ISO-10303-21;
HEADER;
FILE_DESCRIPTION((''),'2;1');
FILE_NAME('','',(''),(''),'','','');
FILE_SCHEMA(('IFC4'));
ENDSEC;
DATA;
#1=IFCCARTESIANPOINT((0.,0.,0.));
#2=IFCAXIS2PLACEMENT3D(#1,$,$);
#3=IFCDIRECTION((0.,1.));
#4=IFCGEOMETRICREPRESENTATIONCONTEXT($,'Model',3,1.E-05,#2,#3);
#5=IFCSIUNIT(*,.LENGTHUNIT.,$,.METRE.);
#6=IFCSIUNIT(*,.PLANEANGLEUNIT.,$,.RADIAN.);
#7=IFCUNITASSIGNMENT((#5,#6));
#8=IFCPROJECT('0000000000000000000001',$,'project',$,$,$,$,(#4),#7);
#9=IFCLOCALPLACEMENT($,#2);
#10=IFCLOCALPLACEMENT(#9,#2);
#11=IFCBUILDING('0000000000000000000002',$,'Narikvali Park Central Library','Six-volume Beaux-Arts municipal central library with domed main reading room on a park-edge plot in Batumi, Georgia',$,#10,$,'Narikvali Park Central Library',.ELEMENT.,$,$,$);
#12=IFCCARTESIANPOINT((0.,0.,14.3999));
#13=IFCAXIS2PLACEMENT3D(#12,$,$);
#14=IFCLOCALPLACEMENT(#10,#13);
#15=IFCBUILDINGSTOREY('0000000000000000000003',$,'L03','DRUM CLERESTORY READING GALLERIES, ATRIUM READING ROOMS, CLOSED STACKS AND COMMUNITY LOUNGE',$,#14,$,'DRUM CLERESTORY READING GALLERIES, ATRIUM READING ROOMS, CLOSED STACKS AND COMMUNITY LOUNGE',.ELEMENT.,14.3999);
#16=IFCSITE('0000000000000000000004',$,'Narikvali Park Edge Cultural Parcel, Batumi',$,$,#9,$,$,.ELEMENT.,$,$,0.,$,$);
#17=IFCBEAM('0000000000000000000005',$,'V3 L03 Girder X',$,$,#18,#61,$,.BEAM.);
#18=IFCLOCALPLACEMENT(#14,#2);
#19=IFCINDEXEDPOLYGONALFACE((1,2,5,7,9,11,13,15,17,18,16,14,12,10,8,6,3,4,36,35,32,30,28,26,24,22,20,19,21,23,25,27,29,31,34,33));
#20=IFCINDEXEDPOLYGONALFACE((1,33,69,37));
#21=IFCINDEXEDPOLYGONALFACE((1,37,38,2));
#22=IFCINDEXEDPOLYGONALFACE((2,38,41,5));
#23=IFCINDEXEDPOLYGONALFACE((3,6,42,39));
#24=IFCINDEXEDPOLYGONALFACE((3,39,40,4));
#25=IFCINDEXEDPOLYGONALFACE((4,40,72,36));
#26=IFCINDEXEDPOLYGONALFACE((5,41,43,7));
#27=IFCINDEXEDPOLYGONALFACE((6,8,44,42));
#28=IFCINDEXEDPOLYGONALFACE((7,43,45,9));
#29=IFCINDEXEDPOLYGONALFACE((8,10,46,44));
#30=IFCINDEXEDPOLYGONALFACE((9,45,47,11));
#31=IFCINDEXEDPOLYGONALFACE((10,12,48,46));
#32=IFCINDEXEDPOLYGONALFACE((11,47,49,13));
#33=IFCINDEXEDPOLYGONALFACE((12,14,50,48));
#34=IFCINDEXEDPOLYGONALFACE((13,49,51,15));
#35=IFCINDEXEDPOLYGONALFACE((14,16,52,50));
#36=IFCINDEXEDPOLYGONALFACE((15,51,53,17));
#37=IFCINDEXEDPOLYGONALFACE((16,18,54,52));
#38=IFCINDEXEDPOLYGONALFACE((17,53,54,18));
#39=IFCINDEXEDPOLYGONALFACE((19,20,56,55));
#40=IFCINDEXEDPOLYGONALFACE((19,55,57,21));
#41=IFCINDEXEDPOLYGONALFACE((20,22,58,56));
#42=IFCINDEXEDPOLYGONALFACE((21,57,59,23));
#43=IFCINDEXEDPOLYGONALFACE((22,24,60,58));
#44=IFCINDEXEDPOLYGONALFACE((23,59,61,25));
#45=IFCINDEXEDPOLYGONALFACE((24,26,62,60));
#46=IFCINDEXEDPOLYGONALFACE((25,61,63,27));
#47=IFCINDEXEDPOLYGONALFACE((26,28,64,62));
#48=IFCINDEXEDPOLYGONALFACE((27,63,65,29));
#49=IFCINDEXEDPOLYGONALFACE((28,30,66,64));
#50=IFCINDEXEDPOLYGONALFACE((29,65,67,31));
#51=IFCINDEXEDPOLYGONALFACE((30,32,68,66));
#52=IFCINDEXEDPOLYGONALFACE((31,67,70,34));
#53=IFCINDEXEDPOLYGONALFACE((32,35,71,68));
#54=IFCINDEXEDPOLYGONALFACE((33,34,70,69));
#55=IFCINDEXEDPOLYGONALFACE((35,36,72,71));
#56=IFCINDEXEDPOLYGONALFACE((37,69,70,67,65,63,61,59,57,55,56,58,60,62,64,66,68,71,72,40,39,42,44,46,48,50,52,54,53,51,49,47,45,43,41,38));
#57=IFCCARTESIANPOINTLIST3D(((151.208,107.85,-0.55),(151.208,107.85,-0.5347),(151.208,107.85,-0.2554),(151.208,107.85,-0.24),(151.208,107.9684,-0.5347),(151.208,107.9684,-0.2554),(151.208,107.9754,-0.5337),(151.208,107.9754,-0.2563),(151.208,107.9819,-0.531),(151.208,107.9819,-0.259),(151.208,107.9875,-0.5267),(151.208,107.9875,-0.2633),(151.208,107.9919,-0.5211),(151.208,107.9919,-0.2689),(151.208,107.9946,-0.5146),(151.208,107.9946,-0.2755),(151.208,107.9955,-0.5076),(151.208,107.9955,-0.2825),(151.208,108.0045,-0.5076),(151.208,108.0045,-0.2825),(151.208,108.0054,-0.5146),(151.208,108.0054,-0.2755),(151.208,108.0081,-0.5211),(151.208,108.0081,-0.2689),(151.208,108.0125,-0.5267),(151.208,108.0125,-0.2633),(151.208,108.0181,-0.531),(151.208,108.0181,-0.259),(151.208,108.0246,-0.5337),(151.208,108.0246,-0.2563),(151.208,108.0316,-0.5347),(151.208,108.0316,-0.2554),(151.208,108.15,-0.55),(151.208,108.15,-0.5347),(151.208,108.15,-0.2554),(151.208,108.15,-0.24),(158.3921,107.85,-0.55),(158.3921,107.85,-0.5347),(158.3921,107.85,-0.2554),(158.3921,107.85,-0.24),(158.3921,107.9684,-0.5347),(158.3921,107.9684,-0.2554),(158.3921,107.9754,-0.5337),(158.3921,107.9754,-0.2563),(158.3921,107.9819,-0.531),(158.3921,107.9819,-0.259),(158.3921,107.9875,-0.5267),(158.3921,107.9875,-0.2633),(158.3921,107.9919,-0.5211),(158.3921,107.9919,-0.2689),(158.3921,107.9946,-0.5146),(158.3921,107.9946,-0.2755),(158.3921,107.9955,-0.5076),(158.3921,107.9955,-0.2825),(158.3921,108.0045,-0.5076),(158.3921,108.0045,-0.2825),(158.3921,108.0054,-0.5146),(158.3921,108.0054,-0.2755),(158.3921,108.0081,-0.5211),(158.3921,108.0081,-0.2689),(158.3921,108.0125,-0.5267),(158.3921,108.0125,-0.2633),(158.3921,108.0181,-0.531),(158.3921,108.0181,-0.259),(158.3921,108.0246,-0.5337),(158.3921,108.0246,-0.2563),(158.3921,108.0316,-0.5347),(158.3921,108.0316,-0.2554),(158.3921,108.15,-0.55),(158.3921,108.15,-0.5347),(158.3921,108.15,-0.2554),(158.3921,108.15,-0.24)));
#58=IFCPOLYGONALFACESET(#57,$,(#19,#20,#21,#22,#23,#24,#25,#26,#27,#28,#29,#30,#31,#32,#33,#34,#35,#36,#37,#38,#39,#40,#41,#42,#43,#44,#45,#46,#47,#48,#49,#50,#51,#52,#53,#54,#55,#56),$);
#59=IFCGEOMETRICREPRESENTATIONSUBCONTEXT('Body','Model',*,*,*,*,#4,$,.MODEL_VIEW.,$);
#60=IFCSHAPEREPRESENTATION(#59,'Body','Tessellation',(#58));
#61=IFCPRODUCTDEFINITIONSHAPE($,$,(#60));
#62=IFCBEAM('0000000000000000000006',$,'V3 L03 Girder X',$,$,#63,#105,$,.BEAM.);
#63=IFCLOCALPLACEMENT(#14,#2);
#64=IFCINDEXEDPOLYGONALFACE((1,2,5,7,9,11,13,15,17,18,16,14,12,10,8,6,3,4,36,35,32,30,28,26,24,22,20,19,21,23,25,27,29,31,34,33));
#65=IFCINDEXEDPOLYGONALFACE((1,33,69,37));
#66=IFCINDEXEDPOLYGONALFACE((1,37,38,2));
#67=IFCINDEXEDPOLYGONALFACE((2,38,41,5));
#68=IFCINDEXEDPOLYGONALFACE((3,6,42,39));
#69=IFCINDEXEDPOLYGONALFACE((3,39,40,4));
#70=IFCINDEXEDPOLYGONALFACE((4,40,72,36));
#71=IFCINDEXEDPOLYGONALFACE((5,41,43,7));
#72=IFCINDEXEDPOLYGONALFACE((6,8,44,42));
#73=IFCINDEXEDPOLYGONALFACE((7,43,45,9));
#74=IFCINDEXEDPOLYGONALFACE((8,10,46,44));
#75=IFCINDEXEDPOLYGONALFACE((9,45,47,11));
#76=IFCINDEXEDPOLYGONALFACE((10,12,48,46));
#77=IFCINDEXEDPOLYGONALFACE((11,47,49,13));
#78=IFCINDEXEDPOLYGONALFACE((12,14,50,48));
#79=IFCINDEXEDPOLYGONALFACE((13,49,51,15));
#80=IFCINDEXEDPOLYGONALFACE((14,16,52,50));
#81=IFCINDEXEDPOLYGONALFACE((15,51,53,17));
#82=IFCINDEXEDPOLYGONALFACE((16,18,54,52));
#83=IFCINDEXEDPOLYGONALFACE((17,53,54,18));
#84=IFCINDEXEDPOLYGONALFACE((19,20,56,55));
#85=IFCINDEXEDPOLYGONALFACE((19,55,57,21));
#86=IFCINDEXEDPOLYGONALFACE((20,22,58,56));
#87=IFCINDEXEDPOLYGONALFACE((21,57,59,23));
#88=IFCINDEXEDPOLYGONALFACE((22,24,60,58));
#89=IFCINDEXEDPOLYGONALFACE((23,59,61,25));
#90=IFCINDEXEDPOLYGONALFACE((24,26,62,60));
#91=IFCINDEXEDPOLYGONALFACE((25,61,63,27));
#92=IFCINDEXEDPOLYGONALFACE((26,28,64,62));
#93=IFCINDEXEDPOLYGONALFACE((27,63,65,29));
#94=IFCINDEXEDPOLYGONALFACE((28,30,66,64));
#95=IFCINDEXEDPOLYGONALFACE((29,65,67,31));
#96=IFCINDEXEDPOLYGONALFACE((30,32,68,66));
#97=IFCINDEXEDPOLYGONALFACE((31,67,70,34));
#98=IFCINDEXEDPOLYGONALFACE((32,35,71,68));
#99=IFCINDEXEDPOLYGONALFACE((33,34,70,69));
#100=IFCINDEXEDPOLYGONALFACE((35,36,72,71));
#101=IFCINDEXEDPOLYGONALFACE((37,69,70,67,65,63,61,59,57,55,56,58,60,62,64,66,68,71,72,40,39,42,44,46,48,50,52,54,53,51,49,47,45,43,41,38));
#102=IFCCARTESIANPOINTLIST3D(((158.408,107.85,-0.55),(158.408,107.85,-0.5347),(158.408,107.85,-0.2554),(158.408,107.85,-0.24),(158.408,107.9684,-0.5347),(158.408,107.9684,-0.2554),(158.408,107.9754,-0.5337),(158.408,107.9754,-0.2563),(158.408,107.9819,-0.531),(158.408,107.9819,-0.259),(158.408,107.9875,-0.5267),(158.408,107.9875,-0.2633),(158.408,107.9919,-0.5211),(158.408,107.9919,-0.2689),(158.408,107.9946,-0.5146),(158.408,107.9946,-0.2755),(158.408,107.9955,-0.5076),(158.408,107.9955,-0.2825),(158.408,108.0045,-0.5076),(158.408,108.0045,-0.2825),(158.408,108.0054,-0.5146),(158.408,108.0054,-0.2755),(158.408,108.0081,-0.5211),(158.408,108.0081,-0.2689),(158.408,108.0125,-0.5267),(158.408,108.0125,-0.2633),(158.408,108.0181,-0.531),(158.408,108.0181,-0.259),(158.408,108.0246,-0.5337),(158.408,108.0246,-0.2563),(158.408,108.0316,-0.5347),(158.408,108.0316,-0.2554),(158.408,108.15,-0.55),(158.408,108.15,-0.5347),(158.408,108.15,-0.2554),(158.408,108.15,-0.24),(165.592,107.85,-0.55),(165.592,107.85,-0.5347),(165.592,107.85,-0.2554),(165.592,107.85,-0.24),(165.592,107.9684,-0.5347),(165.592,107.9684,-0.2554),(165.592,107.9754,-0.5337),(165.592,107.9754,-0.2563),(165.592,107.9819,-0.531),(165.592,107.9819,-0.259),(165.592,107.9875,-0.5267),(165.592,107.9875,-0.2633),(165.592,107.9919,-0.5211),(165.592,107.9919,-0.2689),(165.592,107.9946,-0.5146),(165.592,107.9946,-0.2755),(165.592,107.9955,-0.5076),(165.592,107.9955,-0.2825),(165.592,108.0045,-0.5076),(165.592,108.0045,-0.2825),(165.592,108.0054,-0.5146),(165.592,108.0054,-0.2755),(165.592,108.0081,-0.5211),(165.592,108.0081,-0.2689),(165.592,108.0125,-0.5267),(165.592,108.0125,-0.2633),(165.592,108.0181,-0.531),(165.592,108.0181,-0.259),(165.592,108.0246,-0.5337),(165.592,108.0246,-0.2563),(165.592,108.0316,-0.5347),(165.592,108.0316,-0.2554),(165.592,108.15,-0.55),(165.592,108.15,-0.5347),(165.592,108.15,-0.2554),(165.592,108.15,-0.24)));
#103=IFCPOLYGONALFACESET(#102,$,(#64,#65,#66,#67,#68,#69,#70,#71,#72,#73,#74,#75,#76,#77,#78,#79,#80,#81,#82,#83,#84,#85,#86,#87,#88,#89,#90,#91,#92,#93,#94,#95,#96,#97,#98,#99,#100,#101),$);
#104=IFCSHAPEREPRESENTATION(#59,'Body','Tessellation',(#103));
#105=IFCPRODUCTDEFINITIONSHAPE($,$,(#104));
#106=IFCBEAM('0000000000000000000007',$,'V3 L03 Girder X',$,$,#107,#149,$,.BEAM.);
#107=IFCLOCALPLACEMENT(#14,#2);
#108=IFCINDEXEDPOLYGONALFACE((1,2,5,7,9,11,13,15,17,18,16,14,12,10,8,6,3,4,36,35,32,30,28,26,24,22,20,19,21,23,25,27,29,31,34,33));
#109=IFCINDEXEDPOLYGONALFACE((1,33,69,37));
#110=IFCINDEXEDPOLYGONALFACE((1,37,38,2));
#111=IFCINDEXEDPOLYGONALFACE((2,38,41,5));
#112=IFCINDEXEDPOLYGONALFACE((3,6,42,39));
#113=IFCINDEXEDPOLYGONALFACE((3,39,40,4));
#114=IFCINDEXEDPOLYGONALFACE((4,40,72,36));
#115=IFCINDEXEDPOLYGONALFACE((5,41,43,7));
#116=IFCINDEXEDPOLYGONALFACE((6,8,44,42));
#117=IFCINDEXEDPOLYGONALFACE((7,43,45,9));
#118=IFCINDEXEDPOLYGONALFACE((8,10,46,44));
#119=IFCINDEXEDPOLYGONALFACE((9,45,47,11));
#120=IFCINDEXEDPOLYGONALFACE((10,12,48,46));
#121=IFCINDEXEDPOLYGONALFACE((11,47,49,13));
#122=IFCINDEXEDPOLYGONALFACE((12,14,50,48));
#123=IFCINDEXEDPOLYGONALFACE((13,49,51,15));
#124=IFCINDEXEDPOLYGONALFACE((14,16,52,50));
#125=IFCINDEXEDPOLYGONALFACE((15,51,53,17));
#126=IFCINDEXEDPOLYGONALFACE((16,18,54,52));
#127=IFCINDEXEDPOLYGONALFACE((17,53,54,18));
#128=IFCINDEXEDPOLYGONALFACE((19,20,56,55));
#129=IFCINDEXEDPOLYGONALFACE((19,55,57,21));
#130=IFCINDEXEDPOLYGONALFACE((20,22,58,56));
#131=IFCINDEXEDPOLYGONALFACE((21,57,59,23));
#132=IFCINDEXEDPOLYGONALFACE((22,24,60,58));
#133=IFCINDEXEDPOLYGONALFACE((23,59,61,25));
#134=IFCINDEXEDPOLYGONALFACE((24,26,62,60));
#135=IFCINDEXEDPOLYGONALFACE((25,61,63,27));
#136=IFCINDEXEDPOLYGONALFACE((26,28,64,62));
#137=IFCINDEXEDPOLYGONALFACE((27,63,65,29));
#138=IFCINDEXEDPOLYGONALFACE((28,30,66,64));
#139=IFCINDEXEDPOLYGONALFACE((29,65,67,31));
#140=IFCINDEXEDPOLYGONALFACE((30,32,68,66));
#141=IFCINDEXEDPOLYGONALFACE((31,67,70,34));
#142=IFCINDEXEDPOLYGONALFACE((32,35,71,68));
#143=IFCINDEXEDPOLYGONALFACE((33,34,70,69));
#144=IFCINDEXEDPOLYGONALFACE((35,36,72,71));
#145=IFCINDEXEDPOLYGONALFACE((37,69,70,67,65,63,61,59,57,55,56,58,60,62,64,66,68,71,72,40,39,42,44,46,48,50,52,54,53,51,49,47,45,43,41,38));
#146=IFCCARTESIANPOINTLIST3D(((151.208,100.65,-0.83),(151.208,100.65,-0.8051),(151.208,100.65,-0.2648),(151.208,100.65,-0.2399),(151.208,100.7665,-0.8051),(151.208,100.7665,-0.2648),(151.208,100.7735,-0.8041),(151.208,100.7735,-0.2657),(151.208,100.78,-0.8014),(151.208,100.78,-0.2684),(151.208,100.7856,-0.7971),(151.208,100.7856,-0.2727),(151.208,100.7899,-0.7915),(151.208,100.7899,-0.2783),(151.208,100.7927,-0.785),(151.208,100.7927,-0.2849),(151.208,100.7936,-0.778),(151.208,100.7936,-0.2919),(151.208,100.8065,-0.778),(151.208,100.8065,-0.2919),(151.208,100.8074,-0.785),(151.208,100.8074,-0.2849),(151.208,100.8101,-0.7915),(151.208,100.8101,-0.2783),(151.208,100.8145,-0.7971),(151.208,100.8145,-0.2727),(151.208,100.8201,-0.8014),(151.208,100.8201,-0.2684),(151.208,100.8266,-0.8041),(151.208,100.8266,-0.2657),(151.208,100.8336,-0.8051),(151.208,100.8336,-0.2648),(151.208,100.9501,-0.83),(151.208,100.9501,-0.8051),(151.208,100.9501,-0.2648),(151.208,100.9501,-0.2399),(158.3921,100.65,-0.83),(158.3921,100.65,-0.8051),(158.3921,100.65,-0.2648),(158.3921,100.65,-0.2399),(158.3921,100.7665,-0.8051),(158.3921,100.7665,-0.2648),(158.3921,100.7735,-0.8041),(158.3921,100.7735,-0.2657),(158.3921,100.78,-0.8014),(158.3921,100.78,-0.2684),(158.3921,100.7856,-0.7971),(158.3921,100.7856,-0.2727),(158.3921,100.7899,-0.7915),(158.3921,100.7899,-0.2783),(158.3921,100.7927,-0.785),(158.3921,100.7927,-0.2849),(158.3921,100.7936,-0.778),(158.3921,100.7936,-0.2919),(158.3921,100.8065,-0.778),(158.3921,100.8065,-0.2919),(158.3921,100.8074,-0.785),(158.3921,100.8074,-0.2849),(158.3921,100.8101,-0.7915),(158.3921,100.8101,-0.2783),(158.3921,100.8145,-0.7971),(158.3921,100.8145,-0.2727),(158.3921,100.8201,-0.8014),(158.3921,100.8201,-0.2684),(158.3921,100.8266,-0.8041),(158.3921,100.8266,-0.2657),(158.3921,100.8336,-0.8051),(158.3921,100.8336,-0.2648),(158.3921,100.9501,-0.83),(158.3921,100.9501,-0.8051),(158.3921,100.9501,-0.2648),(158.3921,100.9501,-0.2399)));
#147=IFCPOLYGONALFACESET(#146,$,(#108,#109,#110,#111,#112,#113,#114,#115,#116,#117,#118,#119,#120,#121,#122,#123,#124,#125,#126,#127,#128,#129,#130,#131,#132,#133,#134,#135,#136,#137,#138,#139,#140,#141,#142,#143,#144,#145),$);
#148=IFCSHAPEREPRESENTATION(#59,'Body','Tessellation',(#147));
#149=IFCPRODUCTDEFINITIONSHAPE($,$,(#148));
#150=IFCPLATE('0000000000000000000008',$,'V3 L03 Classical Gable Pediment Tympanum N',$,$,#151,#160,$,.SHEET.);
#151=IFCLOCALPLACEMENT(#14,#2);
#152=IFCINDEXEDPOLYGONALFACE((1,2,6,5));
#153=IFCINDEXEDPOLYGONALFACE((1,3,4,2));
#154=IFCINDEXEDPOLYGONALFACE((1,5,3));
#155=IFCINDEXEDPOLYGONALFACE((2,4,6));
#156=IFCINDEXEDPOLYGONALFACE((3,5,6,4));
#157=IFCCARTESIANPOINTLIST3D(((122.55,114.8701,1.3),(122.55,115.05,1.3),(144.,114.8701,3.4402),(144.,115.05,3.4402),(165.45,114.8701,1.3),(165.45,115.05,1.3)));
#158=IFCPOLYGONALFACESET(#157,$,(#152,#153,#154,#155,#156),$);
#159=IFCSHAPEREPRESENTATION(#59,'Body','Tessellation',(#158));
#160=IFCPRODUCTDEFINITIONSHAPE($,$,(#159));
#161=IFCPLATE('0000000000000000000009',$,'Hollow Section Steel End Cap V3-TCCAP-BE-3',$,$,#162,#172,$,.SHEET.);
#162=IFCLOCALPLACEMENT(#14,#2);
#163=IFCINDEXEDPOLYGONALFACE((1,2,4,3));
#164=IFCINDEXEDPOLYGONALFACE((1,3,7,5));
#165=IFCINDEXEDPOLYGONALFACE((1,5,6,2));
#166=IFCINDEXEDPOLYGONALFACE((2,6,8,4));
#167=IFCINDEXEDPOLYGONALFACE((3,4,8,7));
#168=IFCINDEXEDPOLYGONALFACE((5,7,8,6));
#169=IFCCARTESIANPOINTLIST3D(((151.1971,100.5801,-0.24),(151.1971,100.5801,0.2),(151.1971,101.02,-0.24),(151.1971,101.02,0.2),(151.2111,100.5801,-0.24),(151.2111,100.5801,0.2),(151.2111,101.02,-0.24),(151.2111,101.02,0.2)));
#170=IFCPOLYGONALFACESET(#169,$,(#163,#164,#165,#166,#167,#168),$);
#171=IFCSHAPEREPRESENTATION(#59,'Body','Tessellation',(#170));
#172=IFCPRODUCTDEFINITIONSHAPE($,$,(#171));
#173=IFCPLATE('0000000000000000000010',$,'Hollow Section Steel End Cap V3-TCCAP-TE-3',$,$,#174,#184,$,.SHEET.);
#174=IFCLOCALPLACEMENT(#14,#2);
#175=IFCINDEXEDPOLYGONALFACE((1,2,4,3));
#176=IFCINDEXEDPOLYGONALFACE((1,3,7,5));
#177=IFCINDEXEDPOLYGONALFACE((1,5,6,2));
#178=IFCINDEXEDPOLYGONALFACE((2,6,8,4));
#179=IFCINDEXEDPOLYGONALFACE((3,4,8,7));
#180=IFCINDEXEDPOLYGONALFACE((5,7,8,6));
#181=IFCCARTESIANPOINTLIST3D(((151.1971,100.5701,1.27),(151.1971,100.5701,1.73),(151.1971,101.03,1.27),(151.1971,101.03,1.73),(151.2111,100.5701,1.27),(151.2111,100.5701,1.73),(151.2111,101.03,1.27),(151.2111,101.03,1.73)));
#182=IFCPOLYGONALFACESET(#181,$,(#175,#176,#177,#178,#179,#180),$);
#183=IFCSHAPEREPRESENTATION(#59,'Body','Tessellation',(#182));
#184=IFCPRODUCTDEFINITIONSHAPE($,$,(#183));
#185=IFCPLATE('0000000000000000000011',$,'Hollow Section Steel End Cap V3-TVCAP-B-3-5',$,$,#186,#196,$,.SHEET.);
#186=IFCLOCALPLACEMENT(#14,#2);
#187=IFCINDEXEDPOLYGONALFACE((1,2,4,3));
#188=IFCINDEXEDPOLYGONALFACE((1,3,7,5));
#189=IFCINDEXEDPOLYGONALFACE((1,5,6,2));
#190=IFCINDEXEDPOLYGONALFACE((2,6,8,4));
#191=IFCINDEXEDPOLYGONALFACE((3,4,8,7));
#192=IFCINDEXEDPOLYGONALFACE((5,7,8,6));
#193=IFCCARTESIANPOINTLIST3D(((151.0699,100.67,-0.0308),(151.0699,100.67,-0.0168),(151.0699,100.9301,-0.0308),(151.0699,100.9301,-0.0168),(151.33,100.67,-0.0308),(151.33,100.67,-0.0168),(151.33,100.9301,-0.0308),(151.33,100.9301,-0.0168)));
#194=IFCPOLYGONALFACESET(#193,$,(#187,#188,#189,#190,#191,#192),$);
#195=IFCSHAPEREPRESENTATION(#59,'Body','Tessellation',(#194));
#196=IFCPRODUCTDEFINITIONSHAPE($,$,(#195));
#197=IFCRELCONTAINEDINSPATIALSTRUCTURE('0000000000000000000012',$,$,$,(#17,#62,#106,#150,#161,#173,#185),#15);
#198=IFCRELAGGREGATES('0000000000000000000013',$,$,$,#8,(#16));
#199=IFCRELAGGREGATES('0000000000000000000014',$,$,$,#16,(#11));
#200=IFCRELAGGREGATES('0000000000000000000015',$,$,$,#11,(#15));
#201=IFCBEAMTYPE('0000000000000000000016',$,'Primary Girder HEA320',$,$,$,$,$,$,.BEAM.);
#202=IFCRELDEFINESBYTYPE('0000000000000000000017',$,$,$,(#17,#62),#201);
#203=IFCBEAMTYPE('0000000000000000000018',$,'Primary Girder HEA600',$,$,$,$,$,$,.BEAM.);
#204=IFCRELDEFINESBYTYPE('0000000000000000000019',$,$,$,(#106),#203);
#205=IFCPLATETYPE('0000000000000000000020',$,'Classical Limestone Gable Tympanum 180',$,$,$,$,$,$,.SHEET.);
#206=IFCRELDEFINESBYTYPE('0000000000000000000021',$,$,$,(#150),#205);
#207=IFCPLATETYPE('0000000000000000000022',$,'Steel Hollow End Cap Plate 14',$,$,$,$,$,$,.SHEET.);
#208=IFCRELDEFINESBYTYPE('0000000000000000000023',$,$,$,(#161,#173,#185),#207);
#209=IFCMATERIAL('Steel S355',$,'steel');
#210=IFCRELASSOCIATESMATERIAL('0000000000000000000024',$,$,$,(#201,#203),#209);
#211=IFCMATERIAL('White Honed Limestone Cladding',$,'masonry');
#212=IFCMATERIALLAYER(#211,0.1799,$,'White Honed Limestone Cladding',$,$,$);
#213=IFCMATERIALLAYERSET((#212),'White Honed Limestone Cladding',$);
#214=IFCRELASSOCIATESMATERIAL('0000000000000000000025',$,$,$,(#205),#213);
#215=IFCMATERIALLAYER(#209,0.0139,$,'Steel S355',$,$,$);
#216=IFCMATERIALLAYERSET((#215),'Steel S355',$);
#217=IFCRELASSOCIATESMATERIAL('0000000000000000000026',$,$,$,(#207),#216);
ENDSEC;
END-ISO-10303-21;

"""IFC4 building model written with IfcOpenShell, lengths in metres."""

from ifc_helpers import new_model, si_unit, direction, frame, origin, origin_2d, place, context, subcontext, project, spatial, polyline, rectangle, i_section, outline, extrude, material, layer, layer_set, material_profile, profile_set, type_object, element, save


model = new_model("IFC4")

# Units and contexts
model_context = context("Model", 3, precision=1e-05, world=origin(), true_north=direction((0.0, 1.0)))
body_context = subcontext(model_context, "Body", "Model", "MODEL_VIEW")
ifc_project = project(units=[si_unit("LENGTHUNIT", "METRE"), si_unit("PLANEANGLEUNIT", "RADIAN")], contexts=[model_context])

# Site, building, storey
site_placement = place(None, origin())
site = spatial("IfcSite", under=ifc_project, at=site_placement, Name="Narikvali Park Edge Cultural Parcel, Batumi", CompositionType="ELEMENT", RefElevation=0.0)
building_placement = place(site_placement, origin())
building = spatial("IfcBuilding", under=site, at=building_placement, Name="Narikvali Park Central Library", Description="Six-volume Beaux-Arts municipal central library with domed main reading room on a park-edge plot in Batumi, Georgia", LongName="Narikvali Park Central Library", CompositionType="ELEMENT")
storey_placement = place(building_placement, frame((0.0, 0.0, 14.3999)))
storey = spatial("IfcBuildingStorey", under=building, at=storey_placement, Name="L03", Description="DRUM CLERESTORY READING GALLERIES, ATRIUM READING ROOMS, CLOSED STACKS AND COMMUNITY LOUNGE", LongName="DRUM CLERESTORY READING GALLERIES, ATRIUM READING ROOMS, CLOSED STACKS AND COMMUNITY LOUNGE", CompositionType="ELEMENT", Elevation=14.3999)

# Shared definitions
ifc_material_1 = material(Name="Steel S355", Category="steel")

# Beams
ifc_material_profile_1 = material_profile(ifc_material_1, i_section(OverallWidth=0.3, OverallDepth=0.3101, WebThickness=0.009, FlangeThickness=0.0154, FilletRadius=0.0271, at=origin_2d()), Name="HEA 320")
ifc_profile_set_1 = profile_set([ifc_material_profile_1], Name="Steel S355")
beam_type_1 = type_object("IfcBeamType", Name="Primary Girder HEA320", PredefinedType="BEAM", material=ifc_profile_set_1)
for number, where, z_axis, x_axis, name in (
    (1, (151.208, 108.0, -0.395), (1.0, 0.0, 0.0), (0.0, 1.0, 0.0), "V3 L03 Girder X"),
    (2, (158.408, 108.0, -0.395), (1.0, 0.0, 0.0), (0.0, 1.0, 0.0), "V3 L03 Girder X"),
):
    element("IfcBeam", number, at=place(storey_placement, frame(where, z_axis=z_axis, x_axis=x_axis)), inside=storey, type_object=beam_type_1, Name=name, PredefinedType="BEAM", context=body_context, shape_type="SweptSolid", body=[
        extrude(i_section(OverallWidth=0.3, OverallDepth=0.3101, WebThickness=0.009, FlangeThickness=0.0154, FilletRadius=0.0271, at=origin_2d()), origin(), (0.0, 0.0, 1.0), 7.1841),
    ])
ifc_material_profile_2 = material_profile(ifc_material_1, i_section(OverallWidth=0.3, OverallDepth=0.5901, WebThickness=0.0129, FlangeThickness=0.0249, FilletRadius=0.0271, at=origin_2d()), Name="HEA 600")
ifc_profile_set_2 = profile_set([ifc_material_profile_2], Name="Steel S355")
beam_type_2 = type_object("IfcBeamType", Name="Primary Girder HEA600", PredefinedType="BEAM", material=ifc_profile_set_2)
beam_placement = place(storey_placement, frame((151.208, 100.8, -0.5349), z_axis=(1.0, 0.0, 0.0), x_axis=(0.0, 1.0, 0.0)))
element("IfcBeam", 3, at=beam_placement, inside=storey, type_object=beam_type_2, Name="V3 L03 Girder X", PredefinedType="BEAM", context=body_context, shape_type="SweptSolid", body=[
    extrude(i_section(OverallWidth=0.3, OverallDepth=0.5901, WebThickness=0.0129, FlangeThickness=0.0249, FilletRadius=0.0271, at=origin_2d()), origin(), (0.0, 0.0, 1.0), 7.1841),
])

# Plates
ifc_material_2 = material(Name="White Honed Limestone Cladding", Category="masonry")
ifc_layer_1 = layer(ifc_material_2, 0.1799, Name="White Honed Limestone Cladding")
ifc_layer_set_1 = layer_set([ifc_layer_1], Name="White Honed Limestone Cladding")
plate_type_1 = type_object("IfcPlateType", Name="Classical Limestone Gable Tympanum 180", PredefinedType="SHEET", material=ifc_layer_set_1)
plate_1_placement = place(storey_placement, frame((165.45, 115.05, 1.3), z_axis=(0.0, 1.0, 0.0), x_axis=(-1.0, 0.0, 0.0)))
element("IfcPlate", 4, at=plate_1_placement, inside=storey, type_object=plate_type_1, Name="V3 L03 Classical Gable Pediment Tympanum N", PredefinedType="SHEET", context=body_context, shape_type="SweptSolid", body=[
    extrude(outline(polyline([(0.0, 0.0), (42.8999, 0.0), (21.45, 2.1401), (0.0, 0.0)])), origin(), (0.0, 0.0, -1.0), 0.1799),
])
ifc_layer_2 = layer(ifc_material_1, 0.0139, Name="Steel S355")
ifc_layer_set_2 = layer_set([ifc_layer_2], Name="Steel S355")
plate_type_2 = type_object("IfcPlateType", Name="Steel Hollow End Cap Plate 14", PredefinedType="SHEET", material=ifc_layer_set_2)
plate_2_placement = place(storey_placement, frame((151.2041, 100.8, -0.24), z_axis=(0.0, 0.0, 1.0), x_axis=(1.0, 0.0, 0.0)))
element("IfcPlate", 5, at=plate_2_placement, inside=storey, type_object=plate_type_2, Name="Hollow Section Steel End Cap V3-TCCAP-BE-3", PredefinedType="SHEET", context=body_context, shape_type="SweptSolid", body=[
    extrude(rectangle(XDim=0.0139, YDim=0.4399, at=origin_2d()), origin(), (0.0, 0.0, 1.0), 0.4399),
])
plate_3_placement = place(storey_placement, frame((151.2041, 100.8, 1.27), z_axis=(0.0, 0.0, 1.0), x_axis=(1.0, 0.0, 0.0)))
element("IfcPlate", 6, at=plate_3_placement, inside=storey, type_object=plate_type_2, Name="Hollow Section Steel End Cap V3-TCCAP-TE-3", PredefinedType="SHEET", context=body_context, shape_type="SweptSolid", body=[
    extrude(rectangle(XDim=0.0139, YDim=0.46, at=origin_2d()), origin(), (0.0, 0.0, 1.0), 0.46),
])
for number, where, z_axis, x_axis, name in (
    (7, (151.2, 100.8, -0.0308), (0.0, 0.0, 1.0), (1.0, 0.0, 0.0), "Hollow Section Steel End Cap V3-TVCAP-B-3-5"),
):
    element("IfcPlate", number, at=place(storey_placement, frame(where, z_axis=z_axis, x_axis=x_axis)), inside=storey, type_object=plate_type_2, Name=name, PredefinedType="SHEET", context=body_context, shape_type="SweptSolid", body=[
        extrude(rectangle(XDim=0.26, YDim=0.26, at=origin_2d()), origin(), (0.0, 0.0, 1.0), 0.0139),
    ])

save(model, "model.ifc")
